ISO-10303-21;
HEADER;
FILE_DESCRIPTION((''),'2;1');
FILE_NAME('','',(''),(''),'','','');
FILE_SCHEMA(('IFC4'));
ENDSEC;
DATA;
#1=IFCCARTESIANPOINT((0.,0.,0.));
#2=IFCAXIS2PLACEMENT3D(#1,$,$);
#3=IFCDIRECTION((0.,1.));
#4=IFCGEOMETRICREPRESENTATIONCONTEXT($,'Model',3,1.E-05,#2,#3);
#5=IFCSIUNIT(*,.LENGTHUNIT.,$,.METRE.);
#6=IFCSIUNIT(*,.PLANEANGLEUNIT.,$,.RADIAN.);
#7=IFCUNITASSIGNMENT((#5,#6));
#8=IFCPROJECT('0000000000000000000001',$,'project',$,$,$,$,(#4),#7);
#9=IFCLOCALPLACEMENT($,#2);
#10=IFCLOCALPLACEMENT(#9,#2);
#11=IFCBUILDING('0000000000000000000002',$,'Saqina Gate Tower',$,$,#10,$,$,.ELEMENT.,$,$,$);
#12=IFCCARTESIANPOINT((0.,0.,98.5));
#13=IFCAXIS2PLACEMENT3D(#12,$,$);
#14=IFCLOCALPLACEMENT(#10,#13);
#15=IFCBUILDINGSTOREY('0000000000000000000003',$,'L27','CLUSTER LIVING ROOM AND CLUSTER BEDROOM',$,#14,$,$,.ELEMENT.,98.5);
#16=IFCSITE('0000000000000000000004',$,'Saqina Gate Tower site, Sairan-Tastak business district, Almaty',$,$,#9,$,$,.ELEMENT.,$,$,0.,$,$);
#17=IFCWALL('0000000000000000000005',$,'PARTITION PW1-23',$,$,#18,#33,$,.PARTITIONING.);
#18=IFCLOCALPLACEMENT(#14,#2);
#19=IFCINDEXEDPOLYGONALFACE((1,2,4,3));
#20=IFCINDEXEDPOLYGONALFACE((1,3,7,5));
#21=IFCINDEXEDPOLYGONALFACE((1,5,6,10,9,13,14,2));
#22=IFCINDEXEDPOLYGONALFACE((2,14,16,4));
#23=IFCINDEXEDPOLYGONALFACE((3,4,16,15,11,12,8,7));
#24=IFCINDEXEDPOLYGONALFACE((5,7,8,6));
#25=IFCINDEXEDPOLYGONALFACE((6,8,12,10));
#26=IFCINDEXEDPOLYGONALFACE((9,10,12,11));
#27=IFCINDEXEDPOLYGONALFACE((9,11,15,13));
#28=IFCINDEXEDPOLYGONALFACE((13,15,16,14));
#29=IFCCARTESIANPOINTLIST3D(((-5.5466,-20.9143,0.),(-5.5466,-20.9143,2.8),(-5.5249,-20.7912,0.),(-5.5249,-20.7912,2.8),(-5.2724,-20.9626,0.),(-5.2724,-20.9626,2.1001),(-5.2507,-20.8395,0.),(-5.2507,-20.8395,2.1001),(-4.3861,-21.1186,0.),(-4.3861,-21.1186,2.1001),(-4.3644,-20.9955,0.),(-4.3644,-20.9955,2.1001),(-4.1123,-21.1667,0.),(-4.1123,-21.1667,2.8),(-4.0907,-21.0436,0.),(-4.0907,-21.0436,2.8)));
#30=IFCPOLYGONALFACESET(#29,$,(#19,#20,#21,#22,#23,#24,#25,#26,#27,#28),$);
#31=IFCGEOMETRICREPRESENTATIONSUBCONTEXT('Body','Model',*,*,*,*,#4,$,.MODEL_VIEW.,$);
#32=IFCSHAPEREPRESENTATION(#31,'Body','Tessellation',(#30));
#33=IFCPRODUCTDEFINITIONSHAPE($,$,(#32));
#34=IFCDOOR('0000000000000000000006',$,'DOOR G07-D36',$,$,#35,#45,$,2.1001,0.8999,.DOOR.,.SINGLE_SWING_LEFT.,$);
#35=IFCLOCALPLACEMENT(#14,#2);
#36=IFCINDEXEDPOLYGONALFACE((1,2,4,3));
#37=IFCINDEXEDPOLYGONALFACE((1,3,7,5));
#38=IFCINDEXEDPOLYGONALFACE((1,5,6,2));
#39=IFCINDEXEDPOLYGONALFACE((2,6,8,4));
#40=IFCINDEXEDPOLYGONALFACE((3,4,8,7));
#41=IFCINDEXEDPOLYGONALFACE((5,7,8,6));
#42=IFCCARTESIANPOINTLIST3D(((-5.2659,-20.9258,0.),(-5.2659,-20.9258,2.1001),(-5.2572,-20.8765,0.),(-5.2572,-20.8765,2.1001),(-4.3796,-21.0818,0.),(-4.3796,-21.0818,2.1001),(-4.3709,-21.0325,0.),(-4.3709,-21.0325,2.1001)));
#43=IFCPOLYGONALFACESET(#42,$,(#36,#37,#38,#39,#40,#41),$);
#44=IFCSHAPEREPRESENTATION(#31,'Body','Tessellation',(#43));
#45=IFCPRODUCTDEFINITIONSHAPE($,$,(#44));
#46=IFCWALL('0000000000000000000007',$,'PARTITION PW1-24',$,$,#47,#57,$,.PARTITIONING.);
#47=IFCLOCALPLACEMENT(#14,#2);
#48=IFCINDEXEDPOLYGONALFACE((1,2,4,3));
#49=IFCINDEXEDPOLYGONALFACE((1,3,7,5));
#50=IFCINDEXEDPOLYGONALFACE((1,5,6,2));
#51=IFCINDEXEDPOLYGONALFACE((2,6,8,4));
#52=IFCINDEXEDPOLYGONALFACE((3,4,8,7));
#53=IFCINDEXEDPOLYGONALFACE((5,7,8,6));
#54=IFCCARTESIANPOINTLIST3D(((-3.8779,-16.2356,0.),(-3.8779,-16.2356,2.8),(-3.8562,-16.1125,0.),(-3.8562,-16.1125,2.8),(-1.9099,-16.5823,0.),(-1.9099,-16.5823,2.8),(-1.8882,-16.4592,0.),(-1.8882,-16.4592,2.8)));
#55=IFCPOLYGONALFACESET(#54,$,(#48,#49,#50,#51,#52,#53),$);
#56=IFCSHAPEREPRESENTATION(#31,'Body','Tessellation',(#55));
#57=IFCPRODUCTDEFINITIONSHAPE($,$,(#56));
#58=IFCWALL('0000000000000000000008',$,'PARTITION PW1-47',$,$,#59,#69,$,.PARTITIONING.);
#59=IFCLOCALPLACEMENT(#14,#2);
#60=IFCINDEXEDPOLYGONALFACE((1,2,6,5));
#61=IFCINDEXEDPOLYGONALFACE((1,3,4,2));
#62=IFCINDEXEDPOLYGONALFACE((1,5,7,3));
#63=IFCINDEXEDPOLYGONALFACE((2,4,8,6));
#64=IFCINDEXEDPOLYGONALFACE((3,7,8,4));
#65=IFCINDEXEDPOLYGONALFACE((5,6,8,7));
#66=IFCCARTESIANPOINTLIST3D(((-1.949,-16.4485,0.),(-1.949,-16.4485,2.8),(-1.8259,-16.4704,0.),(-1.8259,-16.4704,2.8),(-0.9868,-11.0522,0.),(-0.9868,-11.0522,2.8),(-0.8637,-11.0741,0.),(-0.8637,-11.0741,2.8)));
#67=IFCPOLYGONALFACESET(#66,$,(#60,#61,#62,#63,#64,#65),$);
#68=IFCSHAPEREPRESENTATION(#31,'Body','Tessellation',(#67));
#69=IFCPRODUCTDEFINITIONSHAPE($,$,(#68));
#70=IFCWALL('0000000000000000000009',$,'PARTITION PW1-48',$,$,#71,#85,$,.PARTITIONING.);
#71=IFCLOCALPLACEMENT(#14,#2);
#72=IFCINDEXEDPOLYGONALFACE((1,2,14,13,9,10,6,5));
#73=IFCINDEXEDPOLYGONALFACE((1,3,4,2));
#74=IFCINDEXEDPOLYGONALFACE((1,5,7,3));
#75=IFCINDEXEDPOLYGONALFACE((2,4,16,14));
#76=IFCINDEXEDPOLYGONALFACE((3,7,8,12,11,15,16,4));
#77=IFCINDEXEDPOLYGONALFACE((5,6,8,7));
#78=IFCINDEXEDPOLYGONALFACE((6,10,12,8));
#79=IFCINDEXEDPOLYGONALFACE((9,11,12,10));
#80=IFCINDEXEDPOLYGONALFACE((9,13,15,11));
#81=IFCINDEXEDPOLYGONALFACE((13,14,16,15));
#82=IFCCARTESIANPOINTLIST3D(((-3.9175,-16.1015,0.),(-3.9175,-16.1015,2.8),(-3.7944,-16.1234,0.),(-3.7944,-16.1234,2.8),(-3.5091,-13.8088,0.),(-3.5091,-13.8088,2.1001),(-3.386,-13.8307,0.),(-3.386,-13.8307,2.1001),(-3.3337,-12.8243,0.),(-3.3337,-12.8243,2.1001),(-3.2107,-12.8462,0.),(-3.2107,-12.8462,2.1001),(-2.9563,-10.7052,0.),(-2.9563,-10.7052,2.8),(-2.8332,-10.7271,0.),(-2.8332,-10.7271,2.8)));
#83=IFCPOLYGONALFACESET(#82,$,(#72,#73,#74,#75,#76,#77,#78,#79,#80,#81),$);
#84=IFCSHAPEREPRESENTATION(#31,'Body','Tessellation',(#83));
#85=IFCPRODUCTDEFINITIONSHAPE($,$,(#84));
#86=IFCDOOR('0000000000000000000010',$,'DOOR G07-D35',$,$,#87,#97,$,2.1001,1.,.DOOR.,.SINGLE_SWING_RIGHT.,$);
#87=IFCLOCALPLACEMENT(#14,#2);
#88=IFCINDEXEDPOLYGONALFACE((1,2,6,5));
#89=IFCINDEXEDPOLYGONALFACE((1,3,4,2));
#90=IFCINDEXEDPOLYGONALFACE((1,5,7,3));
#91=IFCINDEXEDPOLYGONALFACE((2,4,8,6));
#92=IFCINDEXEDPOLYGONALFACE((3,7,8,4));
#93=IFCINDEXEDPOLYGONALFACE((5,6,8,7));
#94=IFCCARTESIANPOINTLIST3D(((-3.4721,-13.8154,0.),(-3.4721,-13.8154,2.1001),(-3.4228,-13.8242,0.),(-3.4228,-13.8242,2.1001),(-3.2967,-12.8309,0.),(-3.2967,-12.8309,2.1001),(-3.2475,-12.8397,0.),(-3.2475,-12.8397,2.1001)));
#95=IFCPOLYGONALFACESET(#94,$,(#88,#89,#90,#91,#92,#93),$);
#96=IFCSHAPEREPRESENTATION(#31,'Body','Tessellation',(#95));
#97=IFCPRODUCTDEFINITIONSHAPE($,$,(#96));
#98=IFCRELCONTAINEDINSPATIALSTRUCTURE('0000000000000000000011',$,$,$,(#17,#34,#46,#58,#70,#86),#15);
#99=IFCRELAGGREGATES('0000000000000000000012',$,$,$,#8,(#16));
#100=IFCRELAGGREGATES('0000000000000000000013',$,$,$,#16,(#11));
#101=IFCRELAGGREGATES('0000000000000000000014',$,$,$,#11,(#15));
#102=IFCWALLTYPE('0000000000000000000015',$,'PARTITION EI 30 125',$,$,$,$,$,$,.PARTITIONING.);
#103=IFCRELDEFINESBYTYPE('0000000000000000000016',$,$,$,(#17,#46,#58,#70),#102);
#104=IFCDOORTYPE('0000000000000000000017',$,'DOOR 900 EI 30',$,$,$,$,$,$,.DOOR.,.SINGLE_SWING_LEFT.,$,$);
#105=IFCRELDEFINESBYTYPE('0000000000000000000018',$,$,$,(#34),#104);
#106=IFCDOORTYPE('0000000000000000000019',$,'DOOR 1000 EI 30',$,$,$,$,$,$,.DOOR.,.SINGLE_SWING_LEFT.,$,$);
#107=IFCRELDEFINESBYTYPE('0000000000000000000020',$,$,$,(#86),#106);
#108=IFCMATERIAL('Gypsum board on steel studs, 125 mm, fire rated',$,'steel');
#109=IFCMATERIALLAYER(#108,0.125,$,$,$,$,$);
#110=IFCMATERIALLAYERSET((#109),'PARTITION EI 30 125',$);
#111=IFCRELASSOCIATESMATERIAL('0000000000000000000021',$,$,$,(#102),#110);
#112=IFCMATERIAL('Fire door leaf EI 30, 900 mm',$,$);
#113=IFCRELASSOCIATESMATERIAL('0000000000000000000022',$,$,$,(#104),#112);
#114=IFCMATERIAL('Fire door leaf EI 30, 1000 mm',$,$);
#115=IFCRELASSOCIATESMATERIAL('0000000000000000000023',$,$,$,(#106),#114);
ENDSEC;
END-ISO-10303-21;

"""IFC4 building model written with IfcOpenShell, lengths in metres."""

from ifc_helpers import new_model, si_unit, direction, frame, frame_2d, origin, place, context, subcontext, project, spatial, rectangle, extrude, material, layer, layer_set, type_object, element, fill, save


model = new_model("IFC4")

# Units and contexts
model_context = context("Model", 3, precision=1e-05, world=origin(), true_north=direction((0.0, 1.0)))
body_context = subcontext(model_context, "Body", "Model", "MODEL_VIEW")
ifc_project = project(units=[si_unit("LENGTHUNIT", "METRE"), si_unit("PLANEANGLEUNIT", "RADIAN")], contexts=[model_context])

# Site, building, storey
site_placement = place(None, origin())
site = spatial("IfcSite", under=ifc_project, at=site_placement, Name="Saqina Gate Tower site, Sairan-Tastak business district, Almaty", CompositionType="ELEMENT", RefElevation=0.0)
building_placement = place(site_placement, origin())
building = spatial("IfcBuilding", under=site, at=building_placement, Name="Saqina Gate Tower", CompositionType="ELEMENT")
storey_placement = place(building_placement, frame((0.0, 0.0, 98.5)))
storey = spatial("IfcBuildingStorey", under=building, at=storey_placement, Name="L27", Description="CLUSTER LIVING ROOM AND CLUSTER BEDROOM", CompositionType="ELEMENT", Elevation=98.5)

# Wall, opening, door
ifc_material_1 = material(Name="Gypsum board on steel studs, 125 mm, fire rated", Category="steel")
ifc_layer_1 = layer(ifc_material_1, 0.125)
ifc_layer_set_1 = layer_set([ifc_layer_1], Name="PARTITION EI 30 125")
wall_type_1 = type_object("IfcWallType", Name="PARTITION EI 30 125", PredefinedType="PARTITIONING", material=ifc_layer_set_1)
wall_1_placement = place(storey_placement, frame((-5.5356, -20.8528, 0.0), z_axis=(0.0, 0.0, 1.0), x_axis=(0.984863, -0.173336, 0.0)))
wall_1 = element("IfcWall", 1, at=wall_1_placement, inside=storey, type_object=wall_type_1, Name="PARTITION PW1-23", PredefinedType="PARTITIONING", context=body_context, shape_type="SweptSolid", body=[
    extrude(rectangle(XDim=1.4563, YDim=0.125, at=frame_2d((0.728, 0.0))), origin(), (0.0, 0.0, 1.0), 2.8),
])
opening_1_placement = place(wall_1_placement, frame((0.2783, 0.0, 0.0)))
opening_1 = element("IfcOpeningElement", 2, at=opening_1_placement, cuts=wall_1, PredefinedType="OPENING", context=body_context, shape_type="SweptSolid", body=[
    extrude(rectangle(XDim=0.8999, YDim=2.1001, at=frame_2d((0.45, 1.05))), frame((0.0, 0.0745, 0.0), z_axis=(0.0, -1.0, 0.0), x_axis=(1.0, 0.0, 0.0)), (0.0, 0.0, 1.0), 0.1489),
])
ifc_material_2 = material(Name="Fire door leaf EI 30, 900 mm")
door_type_1 = type_object("IfcDoorType", Name="DOOR 900 EI 30", OperationType="SINGLE_SWING_LEFT", PredefinedType="DOOR", material=ifc_material_2)
door_1_placement = place(opening_1_placement, origin())
door_1 = element("IfcDoor", 3, at=door_1_placement, inside=storey, type_object=door_type_1, Name="DOOR G07-D36", OperationType="SINGLE_SWING_LEFT", OverallHeight=2.1001, OverallWidth=0.8999, PredefinedType="DOOR", context=body_context, shape_type="SweptSolid", body=[
    extrude(rectangle(XDim=0.8999, YDim=2.1001, at=frame_2d((0.45, 1.05))), frame((0.0, 0.0249, 0.0), z_axis=(0.0, -1.0, 0.0), x_axis=(1.0, 0.0, 0.0)), (0.0, 0.0, 1.0), 0.05),
])
fill(opening_1, door_1)

# Walls
wall_2_placement = place(storey_placement, frame((-3.8669, -16.1741, 0.0), z_axis=(0.0, 0.0, 1.0), x_axis=(0.984836, -0.173486, 0.0)))
element("IfcWall", 4, at=wall_2_placement, inside=storey, type_object=wall_type_1, Name="PARTITION PW1-24", PredefinedType="PARTITIONING", context=body_context, shape_type="SweptSolid", body=[
    extrude(rectangle(XDim=1.9983, YDim=0.125, at=frame_2d((0.999, 0.0))), origin(), (0.0, 0.0, 1.0), 2.8),
])
wall_3_placement = place(storey_placement, frame((-1.8875, -16.4595, 0.0), z_axis=(0.0, 0.0, 1.0), x_axis=(0.175533, 0.984474, 0.0)))
element("IfcWall", 5, at=wall_3_placement, inside=storey, type_object=wall_type_1, Name="PARTITION PW1-47", PredefinedType="PARTITIONING", context=body_context, shape_type="SweptSolid", body=[
    extrude(rectangle(XDim=5.4814, YDim=0.125, at=frame_2d((2.7407, 0.0))), origin(), (0.0, 0.0, 1.0), 2.8),
])

# Wall, opening, door
wall_4_placement = place(storey_placement, frame((-3.856, -16.1125, 0.0), z_axis=(0.0, 0.0, 1.0), x_axis=(0.175361, 0.984504, 0.0)))
wall_4 = element("IfcWall", 6, at=wall_4_placement, inside=storey, type_object=wall_type_1, Name="PARTITION PW1-48", PredefinedType="PARTITIONING", context=body_context, shape_type="SweptSolid", body=[
    extrude(rectangle(XDim=5.4812, YDim=0.125, at=frame_2d((2.7407, 0.0))), origin(), (0.0, 0.0, 1.0), 2.8),
])
opening_2_placement = place(wall_4_placement, frame((2.3289, 0.0, 0.0)))
opening_2 = element("IfcOpeningElement", 7, at=opening_2_placement, cuts=wall_4, PredefinedType="OPENING", context=body_context, shape_type="SweptSolid", body=[
    extrude(rectangle(XDim=1.0, YDim=2.1001, at=frame_2d((0.5, 1.05))), frame((0.0, 0.0745, 0.0), z_axis=(0.0, -1.0, 0.0), x_axis=(1.0, 0.0, 0.0)), (0.0, 0.0, 1.0), 0.1489),
])
ifc_material_3 = material(Name="Fire door leaf EI 30, 1000 mm")
door_type_2 = type_object("IfcDoorType", Name="DOOR 1000 EI 30", OperationType="SINGLE_SWING_LEFT", PredefinedType="DOOR", material=ifc_material_3)
door_2_placement = place(opening_2_placement, origin())
door_2 = element("IfcDoor", 8, at=door_2_placement, inside=storey, type_object=door_type_2, Name="DOOR G07-D35", OperationType="SINGLE_SWING_RIGHT", OverallHeight=2.1001, OverallWidth=1.0, PredefinedType="DOOR", context=body_context, shape_type="SweptSolid", body=[
    extrude(rectangle(XDim=1.0, YDim=2.1001, at=frame_2d((0.5, 1.05))), frame((0.0, 0.0249, 0.0), z_axis=(0.0, -1.0, 0.0), x_axis=(1.0, 0.0, 0.0)), (0.0, 0.0, 1.0), 0.05),
])
fill(opening_2, door_2)

save(model, "model.ifc")
